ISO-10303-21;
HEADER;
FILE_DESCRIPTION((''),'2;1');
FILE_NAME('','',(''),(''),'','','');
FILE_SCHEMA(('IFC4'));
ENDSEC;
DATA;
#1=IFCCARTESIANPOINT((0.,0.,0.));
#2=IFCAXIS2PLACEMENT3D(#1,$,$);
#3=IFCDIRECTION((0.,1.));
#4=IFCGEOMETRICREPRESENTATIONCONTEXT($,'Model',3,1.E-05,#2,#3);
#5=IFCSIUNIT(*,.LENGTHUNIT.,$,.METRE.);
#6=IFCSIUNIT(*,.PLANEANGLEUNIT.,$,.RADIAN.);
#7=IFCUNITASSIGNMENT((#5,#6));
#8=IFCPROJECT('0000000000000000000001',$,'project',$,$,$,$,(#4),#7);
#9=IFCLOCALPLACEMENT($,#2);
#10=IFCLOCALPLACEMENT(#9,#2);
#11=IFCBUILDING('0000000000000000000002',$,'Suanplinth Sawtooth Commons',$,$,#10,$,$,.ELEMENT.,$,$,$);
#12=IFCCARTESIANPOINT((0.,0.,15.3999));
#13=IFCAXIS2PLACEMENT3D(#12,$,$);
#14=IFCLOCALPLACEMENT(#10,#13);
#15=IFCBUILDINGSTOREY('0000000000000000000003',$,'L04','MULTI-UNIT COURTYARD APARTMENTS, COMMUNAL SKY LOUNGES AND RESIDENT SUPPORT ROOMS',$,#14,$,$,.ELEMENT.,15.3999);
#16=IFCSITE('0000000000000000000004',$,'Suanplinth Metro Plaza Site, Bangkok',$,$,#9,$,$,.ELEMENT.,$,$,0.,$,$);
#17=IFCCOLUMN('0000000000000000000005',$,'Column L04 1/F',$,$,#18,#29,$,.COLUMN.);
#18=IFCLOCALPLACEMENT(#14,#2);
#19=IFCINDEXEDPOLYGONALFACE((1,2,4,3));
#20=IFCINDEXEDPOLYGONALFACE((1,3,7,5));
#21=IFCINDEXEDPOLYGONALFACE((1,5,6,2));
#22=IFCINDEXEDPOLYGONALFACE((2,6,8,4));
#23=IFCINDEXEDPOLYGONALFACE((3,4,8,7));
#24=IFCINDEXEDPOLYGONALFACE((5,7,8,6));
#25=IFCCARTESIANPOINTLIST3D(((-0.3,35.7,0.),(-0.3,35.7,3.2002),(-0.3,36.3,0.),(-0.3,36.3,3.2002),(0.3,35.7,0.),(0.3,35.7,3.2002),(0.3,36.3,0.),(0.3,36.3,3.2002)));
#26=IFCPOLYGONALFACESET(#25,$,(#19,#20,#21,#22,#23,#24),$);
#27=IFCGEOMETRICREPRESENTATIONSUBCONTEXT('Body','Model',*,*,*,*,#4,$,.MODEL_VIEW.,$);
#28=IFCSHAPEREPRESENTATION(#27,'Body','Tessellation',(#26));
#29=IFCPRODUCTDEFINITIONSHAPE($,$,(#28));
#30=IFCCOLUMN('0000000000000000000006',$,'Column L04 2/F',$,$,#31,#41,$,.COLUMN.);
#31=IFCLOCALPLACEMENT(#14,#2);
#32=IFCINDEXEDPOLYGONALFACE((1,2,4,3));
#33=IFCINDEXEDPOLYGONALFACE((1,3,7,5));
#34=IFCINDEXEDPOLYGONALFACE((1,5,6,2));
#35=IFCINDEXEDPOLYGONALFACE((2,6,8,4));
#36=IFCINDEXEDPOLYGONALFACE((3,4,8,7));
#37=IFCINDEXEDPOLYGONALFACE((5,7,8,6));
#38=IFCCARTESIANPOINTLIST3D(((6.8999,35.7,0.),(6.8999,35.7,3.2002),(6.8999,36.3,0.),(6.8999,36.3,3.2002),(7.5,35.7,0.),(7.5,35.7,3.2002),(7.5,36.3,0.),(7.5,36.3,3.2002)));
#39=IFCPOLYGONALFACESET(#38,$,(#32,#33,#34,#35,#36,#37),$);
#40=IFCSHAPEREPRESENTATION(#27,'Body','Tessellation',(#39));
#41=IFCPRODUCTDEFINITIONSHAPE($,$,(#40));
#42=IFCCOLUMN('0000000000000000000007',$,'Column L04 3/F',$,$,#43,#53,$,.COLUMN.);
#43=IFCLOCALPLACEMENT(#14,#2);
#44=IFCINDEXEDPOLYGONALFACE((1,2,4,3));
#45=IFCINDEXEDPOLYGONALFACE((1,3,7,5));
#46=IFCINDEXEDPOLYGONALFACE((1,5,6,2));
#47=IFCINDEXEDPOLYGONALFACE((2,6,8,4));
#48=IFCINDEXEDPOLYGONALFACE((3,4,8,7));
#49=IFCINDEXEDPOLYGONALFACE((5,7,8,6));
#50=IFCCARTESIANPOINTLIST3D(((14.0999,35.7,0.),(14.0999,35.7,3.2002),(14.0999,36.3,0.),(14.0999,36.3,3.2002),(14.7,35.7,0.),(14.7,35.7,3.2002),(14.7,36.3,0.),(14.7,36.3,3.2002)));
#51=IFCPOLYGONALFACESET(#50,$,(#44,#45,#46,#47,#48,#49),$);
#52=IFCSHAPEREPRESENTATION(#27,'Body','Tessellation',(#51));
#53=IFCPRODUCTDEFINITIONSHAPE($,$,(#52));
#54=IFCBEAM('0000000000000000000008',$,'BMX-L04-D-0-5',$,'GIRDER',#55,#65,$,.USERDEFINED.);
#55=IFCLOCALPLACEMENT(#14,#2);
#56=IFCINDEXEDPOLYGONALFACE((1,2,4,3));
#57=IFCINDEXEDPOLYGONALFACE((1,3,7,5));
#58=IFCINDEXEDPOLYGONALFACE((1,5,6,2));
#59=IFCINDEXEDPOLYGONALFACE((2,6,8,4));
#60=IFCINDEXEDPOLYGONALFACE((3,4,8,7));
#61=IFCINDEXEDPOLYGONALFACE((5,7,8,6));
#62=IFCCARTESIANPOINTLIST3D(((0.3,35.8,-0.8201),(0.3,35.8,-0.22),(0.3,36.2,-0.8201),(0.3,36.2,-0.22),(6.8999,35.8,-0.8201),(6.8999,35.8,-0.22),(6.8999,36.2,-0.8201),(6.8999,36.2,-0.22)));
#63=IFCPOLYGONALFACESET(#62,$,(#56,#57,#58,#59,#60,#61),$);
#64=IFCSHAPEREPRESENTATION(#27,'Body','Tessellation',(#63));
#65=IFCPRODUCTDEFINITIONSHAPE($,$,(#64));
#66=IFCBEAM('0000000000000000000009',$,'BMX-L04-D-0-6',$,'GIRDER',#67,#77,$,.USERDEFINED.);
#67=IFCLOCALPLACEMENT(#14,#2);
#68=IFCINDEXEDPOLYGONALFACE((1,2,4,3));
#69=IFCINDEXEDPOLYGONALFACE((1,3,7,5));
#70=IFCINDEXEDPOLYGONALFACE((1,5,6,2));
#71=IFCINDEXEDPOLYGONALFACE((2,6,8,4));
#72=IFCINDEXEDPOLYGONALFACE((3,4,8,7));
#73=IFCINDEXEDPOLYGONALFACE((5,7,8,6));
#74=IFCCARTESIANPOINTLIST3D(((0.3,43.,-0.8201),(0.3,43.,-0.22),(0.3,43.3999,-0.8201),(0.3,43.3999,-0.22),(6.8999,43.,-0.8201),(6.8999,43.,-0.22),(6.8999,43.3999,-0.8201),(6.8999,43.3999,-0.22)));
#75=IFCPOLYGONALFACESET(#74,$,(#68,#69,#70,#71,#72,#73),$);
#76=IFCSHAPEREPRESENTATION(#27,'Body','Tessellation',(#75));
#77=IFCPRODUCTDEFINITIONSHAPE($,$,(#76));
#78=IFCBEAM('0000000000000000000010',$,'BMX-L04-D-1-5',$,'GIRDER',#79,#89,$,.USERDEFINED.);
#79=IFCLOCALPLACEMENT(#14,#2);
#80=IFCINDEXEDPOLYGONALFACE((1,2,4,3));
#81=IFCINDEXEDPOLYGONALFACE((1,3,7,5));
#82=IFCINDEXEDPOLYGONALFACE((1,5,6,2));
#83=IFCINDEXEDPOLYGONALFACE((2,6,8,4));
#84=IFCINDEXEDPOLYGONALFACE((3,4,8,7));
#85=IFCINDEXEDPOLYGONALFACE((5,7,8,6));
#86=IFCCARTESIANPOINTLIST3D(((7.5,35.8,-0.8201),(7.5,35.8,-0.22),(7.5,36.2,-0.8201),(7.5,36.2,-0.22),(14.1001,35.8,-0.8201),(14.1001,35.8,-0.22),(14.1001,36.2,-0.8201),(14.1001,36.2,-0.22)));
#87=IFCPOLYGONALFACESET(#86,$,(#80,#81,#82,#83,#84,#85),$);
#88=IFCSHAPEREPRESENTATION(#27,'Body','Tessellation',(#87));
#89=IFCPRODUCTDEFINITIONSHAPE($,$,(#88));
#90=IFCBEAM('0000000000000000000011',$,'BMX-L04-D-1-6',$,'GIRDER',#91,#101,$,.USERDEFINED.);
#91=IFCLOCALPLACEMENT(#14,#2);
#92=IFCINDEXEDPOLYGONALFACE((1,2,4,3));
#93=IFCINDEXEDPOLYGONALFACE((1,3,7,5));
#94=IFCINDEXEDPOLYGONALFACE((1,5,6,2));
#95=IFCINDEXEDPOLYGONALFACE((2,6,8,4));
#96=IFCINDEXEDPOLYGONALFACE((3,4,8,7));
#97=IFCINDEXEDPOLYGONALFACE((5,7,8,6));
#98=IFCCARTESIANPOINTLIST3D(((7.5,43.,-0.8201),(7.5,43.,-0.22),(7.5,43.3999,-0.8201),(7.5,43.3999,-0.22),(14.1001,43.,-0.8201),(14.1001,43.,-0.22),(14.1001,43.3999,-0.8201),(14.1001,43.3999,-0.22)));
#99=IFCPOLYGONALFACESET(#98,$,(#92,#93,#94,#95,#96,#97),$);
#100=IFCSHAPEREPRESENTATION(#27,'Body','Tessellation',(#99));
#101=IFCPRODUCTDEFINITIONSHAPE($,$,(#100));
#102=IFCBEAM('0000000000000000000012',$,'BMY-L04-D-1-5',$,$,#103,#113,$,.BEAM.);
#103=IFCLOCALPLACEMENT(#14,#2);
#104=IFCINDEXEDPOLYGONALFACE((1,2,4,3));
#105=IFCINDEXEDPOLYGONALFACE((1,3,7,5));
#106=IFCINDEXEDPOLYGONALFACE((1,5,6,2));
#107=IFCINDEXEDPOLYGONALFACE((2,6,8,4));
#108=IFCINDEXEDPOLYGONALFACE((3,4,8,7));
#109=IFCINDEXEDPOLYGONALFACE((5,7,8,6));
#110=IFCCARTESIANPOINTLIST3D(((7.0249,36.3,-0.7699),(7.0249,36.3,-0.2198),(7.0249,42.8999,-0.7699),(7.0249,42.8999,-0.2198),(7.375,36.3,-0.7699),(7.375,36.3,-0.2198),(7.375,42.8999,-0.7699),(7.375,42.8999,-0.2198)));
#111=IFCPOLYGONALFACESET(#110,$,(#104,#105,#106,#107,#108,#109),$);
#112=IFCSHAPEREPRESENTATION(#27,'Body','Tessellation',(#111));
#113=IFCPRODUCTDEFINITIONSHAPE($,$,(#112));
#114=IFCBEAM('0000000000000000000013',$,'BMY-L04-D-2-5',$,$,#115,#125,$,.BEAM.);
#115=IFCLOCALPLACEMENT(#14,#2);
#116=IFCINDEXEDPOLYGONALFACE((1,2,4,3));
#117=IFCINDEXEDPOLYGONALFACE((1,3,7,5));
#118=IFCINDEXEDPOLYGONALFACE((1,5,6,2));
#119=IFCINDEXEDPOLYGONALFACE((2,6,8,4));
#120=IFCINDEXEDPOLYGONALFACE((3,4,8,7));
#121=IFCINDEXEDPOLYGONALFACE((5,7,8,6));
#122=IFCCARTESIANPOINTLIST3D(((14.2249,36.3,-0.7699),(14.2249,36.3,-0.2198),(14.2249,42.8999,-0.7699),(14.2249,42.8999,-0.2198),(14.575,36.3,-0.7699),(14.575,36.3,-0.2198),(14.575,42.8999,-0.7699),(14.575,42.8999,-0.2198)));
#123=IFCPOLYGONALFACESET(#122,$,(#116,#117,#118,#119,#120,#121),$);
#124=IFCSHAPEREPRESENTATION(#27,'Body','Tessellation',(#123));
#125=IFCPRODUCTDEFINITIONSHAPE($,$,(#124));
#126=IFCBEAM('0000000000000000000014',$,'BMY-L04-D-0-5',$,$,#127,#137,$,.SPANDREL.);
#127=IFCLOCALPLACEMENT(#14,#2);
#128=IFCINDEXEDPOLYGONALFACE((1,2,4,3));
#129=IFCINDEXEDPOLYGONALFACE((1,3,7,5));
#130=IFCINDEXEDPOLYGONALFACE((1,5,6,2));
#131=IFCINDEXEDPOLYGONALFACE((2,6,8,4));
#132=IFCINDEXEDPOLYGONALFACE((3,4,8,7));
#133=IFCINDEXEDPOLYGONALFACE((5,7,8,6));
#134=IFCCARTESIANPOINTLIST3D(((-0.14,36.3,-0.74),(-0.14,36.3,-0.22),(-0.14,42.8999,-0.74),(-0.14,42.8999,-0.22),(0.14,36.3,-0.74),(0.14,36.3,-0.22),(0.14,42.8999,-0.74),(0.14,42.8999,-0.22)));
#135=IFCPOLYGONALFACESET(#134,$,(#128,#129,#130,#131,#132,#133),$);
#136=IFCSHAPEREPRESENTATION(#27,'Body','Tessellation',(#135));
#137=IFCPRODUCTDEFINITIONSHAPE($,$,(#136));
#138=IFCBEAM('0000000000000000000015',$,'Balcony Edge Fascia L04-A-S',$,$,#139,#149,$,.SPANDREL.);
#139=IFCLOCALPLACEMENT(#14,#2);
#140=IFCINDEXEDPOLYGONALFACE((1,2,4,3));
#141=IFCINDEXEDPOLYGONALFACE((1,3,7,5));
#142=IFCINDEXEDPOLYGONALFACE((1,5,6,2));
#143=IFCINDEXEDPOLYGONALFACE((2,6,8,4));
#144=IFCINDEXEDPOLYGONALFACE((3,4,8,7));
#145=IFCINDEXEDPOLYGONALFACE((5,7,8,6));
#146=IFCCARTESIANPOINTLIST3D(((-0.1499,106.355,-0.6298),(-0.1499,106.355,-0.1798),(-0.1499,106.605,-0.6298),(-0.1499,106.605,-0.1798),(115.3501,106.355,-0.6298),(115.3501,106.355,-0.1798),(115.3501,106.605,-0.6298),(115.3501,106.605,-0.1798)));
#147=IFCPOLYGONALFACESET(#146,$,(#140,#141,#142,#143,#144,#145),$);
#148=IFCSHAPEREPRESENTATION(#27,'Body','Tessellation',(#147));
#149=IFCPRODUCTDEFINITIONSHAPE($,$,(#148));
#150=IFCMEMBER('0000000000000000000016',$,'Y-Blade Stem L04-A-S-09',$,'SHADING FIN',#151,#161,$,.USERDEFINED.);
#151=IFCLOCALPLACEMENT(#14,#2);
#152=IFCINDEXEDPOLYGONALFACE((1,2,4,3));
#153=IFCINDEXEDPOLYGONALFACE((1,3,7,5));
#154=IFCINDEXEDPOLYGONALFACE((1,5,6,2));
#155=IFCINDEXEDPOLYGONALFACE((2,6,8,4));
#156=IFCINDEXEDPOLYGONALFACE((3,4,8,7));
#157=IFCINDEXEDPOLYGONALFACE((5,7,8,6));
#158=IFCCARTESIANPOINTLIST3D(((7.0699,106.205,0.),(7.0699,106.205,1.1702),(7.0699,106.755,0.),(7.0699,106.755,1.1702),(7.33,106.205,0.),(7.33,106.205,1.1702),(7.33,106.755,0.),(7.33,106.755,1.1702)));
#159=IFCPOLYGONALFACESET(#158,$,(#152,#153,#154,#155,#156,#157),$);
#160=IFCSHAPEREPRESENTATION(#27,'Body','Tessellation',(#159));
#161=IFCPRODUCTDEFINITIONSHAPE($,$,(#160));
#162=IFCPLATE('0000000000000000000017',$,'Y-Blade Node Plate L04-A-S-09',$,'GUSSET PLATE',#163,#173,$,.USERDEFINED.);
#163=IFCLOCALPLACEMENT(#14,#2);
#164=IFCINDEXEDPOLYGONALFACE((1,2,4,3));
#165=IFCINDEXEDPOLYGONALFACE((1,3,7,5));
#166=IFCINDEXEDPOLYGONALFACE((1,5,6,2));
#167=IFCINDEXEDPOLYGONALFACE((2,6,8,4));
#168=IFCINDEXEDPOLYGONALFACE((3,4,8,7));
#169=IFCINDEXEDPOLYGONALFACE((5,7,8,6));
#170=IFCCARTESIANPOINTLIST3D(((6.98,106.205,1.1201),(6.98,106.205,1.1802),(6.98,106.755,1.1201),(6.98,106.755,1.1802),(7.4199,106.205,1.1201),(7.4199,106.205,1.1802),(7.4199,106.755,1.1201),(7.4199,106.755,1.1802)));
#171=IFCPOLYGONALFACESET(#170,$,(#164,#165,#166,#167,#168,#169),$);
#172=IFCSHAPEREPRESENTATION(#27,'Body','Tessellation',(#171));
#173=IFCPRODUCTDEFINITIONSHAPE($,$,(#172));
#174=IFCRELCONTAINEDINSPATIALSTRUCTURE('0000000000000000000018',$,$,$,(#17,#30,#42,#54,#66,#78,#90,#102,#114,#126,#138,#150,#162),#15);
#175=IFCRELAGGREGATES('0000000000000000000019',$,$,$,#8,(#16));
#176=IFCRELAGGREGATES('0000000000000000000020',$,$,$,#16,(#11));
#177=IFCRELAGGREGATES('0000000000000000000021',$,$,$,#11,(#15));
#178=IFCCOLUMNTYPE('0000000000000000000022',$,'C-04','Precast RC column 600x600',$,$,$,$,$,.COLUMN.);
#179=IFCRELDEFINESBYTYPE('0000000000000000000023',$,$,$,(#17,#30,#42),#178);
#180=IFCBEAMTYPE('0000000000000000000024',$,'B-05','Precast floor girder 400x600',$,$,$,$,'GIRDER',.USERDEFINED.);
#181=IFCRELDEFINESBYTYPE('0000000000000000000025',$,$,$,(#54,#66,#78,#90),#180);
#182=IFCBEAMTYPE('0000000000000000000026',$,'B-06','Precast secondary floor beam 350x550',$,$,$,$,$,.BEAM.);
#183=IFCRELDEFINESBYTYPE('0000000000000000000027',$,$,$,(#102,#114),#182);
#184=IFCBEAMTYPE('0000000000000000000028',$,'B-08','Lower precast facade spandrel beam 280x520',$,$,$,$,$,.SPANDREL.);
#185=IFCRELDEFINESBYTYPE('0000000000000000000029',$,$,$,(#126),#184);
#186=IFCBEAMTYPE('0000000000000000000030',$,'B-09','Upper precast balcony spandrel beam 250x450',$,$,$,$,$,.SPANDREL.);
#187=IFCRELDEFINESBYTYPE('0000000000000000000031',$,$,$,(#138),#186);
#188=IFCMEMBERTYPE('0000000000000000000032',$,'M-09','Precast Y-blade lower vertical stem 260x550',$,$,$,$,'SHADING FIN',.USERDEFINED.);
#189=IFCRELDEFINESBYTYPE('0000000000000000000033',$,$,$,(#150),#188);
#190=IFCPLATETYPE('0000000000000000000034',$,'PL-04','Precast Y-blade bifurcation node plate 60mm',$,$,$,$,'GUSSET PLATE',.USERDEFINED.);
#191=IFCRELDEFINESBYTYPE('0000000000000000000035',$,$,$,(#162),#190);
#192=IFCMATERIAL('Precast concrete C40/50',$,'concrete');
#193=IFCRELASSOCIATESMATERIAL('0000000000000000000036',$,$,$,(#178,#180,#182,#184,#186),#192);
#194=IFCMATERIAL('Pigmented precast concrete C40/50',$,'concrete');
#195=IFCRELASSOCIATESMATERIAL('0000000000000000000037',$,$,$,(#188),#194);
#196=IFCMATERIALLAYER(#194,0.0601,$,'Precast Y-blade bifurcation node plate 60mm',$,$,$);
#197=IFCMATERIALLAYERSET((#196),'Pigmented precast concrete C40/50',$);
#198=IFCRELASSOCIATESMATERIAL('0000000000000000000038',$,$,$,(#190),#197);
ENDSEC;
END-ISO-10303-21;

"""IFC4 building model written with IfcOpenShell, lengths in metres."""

from ifc_helpers import new_model, si_unit, direction, frame, origin, origin_2d, place, context, subcontext, project, spatial, rectangle, extrude, material, layer, layer_set, material_profile, profile_set, type_object, element, save


model = new_model("IFC4")

# Units and contexts
model_context = context("Model", 3, precision=1e-05, world=origin(), true_north=direction((0.0, 1.0)))
body_context = subcontext(model_context, "Body", "Model", "MODEL_VIEW")
ifc_project = project(units=[si_unit("LENGTHUNIT", "METRE"), si_unit("PLANEANGLEUNIT", "RADIAN")], contexts=[model_context])

# Site, building, storey
site_placement = place(None, origin())
site = spatial("IfcSite", under=ifc_project, at=site_placement, Name="Suanplinth Metro Plaza Site, Bangkok", CompositionType="ELEMENT", RefElevation=0.0)
building_placement = place(site_placement, origin())
building = spatial("IfcBuilding", under=site, at=building_placement, Name="Suanplinth Sawtooth Commons", CompositionType="ELEMENT")
storey_placement = place(building_placement, frame((0.0, 0.0, 15.3999)))
storey = spatial("IfcBuildingStorey", under=building, at=storey_placement, Name="L04", Description="MULTI-UNIT COURTYARD APARTMENTS, COMMUNAL SKY LOUNGES AND RESIDENT SUPPORT ROOMS", CompositionType="ELEMENT", Elevation=15.3999)

# Columns
ifc_material_1 = material(Name="Precast concrete C40/50", Category="concrete")
ifc_material_profile_1 = material_profile(ifc_material_1, rectangle(XDim=0.6001, YDim=0.6001, at=origin_2d()), Name="PC-COL 600x600")
ifc_profile_set_1 = profile_set([ifc_material_profile_1], Name="Precast concrete C40/50")
column_type = type_object("IfcColumnType", Name="C-04", Description="Precast RC column 600x600", PredefinedType="COLUMN", material=ifc_profile_set_1)
for number, where, z_axis, x_axis, name in (
    (1, (0.0, 36.0, 0.0), (0.0, 0.0, 1.0), (1.0, 0.0, 0.0), "Column L04 1/F"),
    (2, (7.2, 36.0, 0.0), (0.0, 0.0, 1.0), (1.0, 0.0, 0.0), "Column L04 2/F"),
    (3, (14.3999, 36.0, 0.0), (0.0, 0.0, 1.0), (1.0, 0.0, 0.0), "Column L04 3/F"),
):
    element("IfcColumn", number, at=place(storey_placement, frame(where, z_axis=z_axis, x_axis=x_axis)), inside=storey, type_object=column_type, Name=name, PredefinedType="COLUMN", context=body_context, shape_type="SweptSolid", body=[
        extrude(rectangle(XDim=0.6001, YDim=0.6001, at=origin_2d()), origin(), (0.0, 0.0, 1.0), 3.2002),
    ])

# Beams
ifc_material_profile_2 = material_profile(ifc_material_1, rectangle(XDim=0.3999, YDim=0.6001, at=origin_2d()), Name="PC-GDR 400x600")
ifc_profile_set_2 = profile_set([ifc_material_profile_2], Name="Precast concrete C40/50")
beam_type_1 = type_object("IfcBeamType", Name="B-05", Description="Precast floor girder 400x600", ElementType="GIRDER", PredefinedType="USERDEFINED", material=ifc_profile_set_2)
for number, where, z_axis, x_axis, name in (
    (4, (0.3, 36.0, -0.52), (1.0, 0.0, 0.0), (0.0, 1.0, 0.0), "BMX-L04-D-0-5"),
    (5, (0.3, 43.2, -0.52), (1.0, 0.0, 0.0), (0.0, 1.0, 0.0), "BMX-L04-D-0-6"),
):
    element("IfcBeam", number, at=place(storey_placement, frame(where, z_axis=z_axis, x_axis=x_axis)), inside=storey, type_object=beam_type_1, Name=name, ObjectType="GIRDER", PredefinedType="USERDEFINED", context=body_context, shape_type="SweptSolid", body=[
        extrude(rectangle(XDim=0.3999, YDim=0.6001, at=origin_2d()), origin(), (0.0, 0.0, 1.0), 6.5999),
    ])
for number, where, z_axis, x_axis, name in (
    (6, (7.5, 36.0, -0.52), (1.0, 0.0, 0.0), (0.0, 1.0, 0.0), "BMX-L04-D-1-5"),
    (7, (7.5, 43.2, -0.52), (1.0, 0.0, 0.0), (0.0, 1.0, 0.0), "BMX-L04-D-1-6"),
):
    element("IfcBeam", number, at=place(storey_placement, frame(where, z_axis=z_axis, x_axis=x_axis)), inside=storey, type_object=beam_type_1, Name=name, ObjectType="GIRDER", PredefinedType="USERDEFINED", context=body_context, shape_type="SweptSolid", body=[
        extrude(rectangle(XDim=0.3999, YDim=0.6001, at=origin_2d()), origin(), (0.0, 0.0, 1.0), 6.6001),
    ])
ifc_material_profile_3 = material_profile(ifc_material_1, rectangle(XDim=0.3501, YDim=0.55, at=origin_2d()), Name="PC-BM 350x550")
ifc_profile_set_3 = profile_set([ifc_material_profile_3], Name="Precast concrete C40/50")
beam_type_2 = type_object("IfcBeamType", Name="B-06", Description="Precast secondary floor beam 350x550", PredefinedType="BEAM", material=ifc_profile_set_3)
for number, where, z_axis, x_axis, name in (
    (8, (7.2, 36.3, -0.4949), (0.0, 1.0, 0.0), (-1.0, 0.0, 0.0), "BMY-L04-D-1-5"),
    (9, (14.3999, 36.3, -0.4949), (0.0, 1.0, 0.0), (-1.0, 0.0, 0.0), "BMY-L04-D-2-5"),
):
    element("IfcBeam", number, at=place(storey_placement, frame(where, z_axis=z_axis, x_axis=x_axis)), inside=storey, type_object=beam_type_2, Name=name, PredefinedType="BEAM", context=body_context, shape_type="SweptSolid", body=[
        extrude(rectangle(XDim=0.3501, YDim=0.55, at=origin_2d()), origin(), (0.0, 0.0, 1.0), 6.5999),
    ])
ifc_material_profile_4 = material_profile(ifc_material_1, rectangle(XDim=0.28, YDim=0.52, at=origin_2d()), Name="PC-SP 280x520")
ifc_profile_set_4 = profile_set([ifc_material_profile_4], Name="Precast concrete C40/50")
beam_type_3 = type_object("IfcBeamType", Name="B-08", Description="Lower precast facade spandrel beam 280x520", PredefinedType="SPANDREL", material=ifc_profile_set_4)
beam_1_placement = place(storey_placement, frame((0.0, 36.3, -0.48), z_axis=(0.0, 1.0, 0.0), x_axis=(-1.0, 0.0, 0.0)))
element("IfcBeam", 10, at=beam_1_placement, inside=storey, type_object=beam_type_3, Name="BMY-L04-D-0-5", PredefinedType="SPANDREL", context=body_context, shape_type="SweptSolid", body=[
    extrude(rectangle(XDim=0.28, YDim=0.52, at=origin_2d()), origin(), (0.0, 0.0, 1.0), 6.5999),
])
ifc_material_profile_5 = material_profile(ifc_material_1, rectangle(XDim=0.25, YDim=0.45, at=origin_2d()), Name="PC-SP 250x450")
ifc_profile_set_5 = profile_set([ifc_material_profile_5], Name="Precast concrete C40/50")
beam_type_4 = type_object("IfcBeamType", Name="B-09", Description="Upper precast balcony spandrel beam 250x450", PredefinedType="SPANDREL", material=ifc_profile_set_5)
beam_2_placement = place(storey_placement, frame((-0.1499, 106.48, -0.4048), z_axis=(1.0, 0.0, 0.0), x_axis=(0.0, 1.0, 0.0)))
element("IfcBeam", 11, at=beam_2_placement, inside=storey, type_object=beam_type_4, Name="Balcony Edge Fascia L04-A-S", PredefinedType="SPANDREL", context=body_context, shape_type="SweptSolid", body=[
    extrude(rectangle(XDim=0.25, YDim=0.45, at=origin_2d()), origin(), (0.0, 0.0, 1.0), 115.5),
])

# Member
ifc_material_2 = material(Name="Pigmented precast concrete C40/50", Category="concrete")
ifc_material_profile_6 = material_profile(ifc_material_2, rectangle(XDim=0.26, YDim=0.55, at=origin_2d()), Name="PC-FIN 260x550")
ifc_profile_set_6 = profile_set([ifc_material_profile_6], Name="Pigmented precast concrete C40/50")
member_type = type_object("IfcMemberType", Name="M-09", Description="Precast Y-blade lower vertical stem 260x550", ElementType="SHADING FIN", PredefinedType="USERDEFINED", material=ifc_profile_set_6)
member_placement = place(storey_placement, frame((7.2, 106.48, 0.0), z_axis=(0.0, 0.0, 1.0), x_axis=(1.0, 0.0, 0.0)))
element("IfcMember", 12, at=member_placement, inside=storey, type_object=member_type, Name="Y-Blade Stem L04-A-S-09", ObjectType="SHADING FIN", PredefinedType="USERDEFINED", context=body_context, shape_type="SweptSolid", body=[
    extrude(rectangle(XDim=0.26, YDim=0.55, at=origin_2d()), origin(), (0.0, 0.0, 1.0), 1.1702),
])

# Plate
ifc_layer_1 = layer(ifc_material_2, 0.0601, Name="Precast Y-blade bifurcation node plate 60mm")
ifc_layer_set_1 = layer_set([ifc_layer_1], Name="Pigmented precast concrete C40/50")
plate_type = type_object("IfcPlateType", Name="PL-04", Description="Precast Y-blade bifurcation node plate 60mm", ElementType="GUSSET PLATE", PredefinedType="USERDEFINED", material=ifc_layer_set_1)
plate_placement = place(storey_placement, frame((7.2, 106.48, 1.1201), z_axis=(0.0, 0.0, 1.0), x_axis=(1.0, 0.0, 0.0)))
element("IfcPlate", 13, at=plate_placement, inside=storey, type_object=plate_type, Name="Y-Blade Node Plate L04-A-S-09", ObjectType="GUSSET PLATE", PredefinedType="USERDEFINED", context=body_context, shape_type="SweptSolid", body=[
    extrude(rectangle(XDim=0.4399, YDim=0.55, at=origin_2d()), origin(), (0.0, 0.0, 1.0), 0.0601),
])

save(model, "model.ifc")
